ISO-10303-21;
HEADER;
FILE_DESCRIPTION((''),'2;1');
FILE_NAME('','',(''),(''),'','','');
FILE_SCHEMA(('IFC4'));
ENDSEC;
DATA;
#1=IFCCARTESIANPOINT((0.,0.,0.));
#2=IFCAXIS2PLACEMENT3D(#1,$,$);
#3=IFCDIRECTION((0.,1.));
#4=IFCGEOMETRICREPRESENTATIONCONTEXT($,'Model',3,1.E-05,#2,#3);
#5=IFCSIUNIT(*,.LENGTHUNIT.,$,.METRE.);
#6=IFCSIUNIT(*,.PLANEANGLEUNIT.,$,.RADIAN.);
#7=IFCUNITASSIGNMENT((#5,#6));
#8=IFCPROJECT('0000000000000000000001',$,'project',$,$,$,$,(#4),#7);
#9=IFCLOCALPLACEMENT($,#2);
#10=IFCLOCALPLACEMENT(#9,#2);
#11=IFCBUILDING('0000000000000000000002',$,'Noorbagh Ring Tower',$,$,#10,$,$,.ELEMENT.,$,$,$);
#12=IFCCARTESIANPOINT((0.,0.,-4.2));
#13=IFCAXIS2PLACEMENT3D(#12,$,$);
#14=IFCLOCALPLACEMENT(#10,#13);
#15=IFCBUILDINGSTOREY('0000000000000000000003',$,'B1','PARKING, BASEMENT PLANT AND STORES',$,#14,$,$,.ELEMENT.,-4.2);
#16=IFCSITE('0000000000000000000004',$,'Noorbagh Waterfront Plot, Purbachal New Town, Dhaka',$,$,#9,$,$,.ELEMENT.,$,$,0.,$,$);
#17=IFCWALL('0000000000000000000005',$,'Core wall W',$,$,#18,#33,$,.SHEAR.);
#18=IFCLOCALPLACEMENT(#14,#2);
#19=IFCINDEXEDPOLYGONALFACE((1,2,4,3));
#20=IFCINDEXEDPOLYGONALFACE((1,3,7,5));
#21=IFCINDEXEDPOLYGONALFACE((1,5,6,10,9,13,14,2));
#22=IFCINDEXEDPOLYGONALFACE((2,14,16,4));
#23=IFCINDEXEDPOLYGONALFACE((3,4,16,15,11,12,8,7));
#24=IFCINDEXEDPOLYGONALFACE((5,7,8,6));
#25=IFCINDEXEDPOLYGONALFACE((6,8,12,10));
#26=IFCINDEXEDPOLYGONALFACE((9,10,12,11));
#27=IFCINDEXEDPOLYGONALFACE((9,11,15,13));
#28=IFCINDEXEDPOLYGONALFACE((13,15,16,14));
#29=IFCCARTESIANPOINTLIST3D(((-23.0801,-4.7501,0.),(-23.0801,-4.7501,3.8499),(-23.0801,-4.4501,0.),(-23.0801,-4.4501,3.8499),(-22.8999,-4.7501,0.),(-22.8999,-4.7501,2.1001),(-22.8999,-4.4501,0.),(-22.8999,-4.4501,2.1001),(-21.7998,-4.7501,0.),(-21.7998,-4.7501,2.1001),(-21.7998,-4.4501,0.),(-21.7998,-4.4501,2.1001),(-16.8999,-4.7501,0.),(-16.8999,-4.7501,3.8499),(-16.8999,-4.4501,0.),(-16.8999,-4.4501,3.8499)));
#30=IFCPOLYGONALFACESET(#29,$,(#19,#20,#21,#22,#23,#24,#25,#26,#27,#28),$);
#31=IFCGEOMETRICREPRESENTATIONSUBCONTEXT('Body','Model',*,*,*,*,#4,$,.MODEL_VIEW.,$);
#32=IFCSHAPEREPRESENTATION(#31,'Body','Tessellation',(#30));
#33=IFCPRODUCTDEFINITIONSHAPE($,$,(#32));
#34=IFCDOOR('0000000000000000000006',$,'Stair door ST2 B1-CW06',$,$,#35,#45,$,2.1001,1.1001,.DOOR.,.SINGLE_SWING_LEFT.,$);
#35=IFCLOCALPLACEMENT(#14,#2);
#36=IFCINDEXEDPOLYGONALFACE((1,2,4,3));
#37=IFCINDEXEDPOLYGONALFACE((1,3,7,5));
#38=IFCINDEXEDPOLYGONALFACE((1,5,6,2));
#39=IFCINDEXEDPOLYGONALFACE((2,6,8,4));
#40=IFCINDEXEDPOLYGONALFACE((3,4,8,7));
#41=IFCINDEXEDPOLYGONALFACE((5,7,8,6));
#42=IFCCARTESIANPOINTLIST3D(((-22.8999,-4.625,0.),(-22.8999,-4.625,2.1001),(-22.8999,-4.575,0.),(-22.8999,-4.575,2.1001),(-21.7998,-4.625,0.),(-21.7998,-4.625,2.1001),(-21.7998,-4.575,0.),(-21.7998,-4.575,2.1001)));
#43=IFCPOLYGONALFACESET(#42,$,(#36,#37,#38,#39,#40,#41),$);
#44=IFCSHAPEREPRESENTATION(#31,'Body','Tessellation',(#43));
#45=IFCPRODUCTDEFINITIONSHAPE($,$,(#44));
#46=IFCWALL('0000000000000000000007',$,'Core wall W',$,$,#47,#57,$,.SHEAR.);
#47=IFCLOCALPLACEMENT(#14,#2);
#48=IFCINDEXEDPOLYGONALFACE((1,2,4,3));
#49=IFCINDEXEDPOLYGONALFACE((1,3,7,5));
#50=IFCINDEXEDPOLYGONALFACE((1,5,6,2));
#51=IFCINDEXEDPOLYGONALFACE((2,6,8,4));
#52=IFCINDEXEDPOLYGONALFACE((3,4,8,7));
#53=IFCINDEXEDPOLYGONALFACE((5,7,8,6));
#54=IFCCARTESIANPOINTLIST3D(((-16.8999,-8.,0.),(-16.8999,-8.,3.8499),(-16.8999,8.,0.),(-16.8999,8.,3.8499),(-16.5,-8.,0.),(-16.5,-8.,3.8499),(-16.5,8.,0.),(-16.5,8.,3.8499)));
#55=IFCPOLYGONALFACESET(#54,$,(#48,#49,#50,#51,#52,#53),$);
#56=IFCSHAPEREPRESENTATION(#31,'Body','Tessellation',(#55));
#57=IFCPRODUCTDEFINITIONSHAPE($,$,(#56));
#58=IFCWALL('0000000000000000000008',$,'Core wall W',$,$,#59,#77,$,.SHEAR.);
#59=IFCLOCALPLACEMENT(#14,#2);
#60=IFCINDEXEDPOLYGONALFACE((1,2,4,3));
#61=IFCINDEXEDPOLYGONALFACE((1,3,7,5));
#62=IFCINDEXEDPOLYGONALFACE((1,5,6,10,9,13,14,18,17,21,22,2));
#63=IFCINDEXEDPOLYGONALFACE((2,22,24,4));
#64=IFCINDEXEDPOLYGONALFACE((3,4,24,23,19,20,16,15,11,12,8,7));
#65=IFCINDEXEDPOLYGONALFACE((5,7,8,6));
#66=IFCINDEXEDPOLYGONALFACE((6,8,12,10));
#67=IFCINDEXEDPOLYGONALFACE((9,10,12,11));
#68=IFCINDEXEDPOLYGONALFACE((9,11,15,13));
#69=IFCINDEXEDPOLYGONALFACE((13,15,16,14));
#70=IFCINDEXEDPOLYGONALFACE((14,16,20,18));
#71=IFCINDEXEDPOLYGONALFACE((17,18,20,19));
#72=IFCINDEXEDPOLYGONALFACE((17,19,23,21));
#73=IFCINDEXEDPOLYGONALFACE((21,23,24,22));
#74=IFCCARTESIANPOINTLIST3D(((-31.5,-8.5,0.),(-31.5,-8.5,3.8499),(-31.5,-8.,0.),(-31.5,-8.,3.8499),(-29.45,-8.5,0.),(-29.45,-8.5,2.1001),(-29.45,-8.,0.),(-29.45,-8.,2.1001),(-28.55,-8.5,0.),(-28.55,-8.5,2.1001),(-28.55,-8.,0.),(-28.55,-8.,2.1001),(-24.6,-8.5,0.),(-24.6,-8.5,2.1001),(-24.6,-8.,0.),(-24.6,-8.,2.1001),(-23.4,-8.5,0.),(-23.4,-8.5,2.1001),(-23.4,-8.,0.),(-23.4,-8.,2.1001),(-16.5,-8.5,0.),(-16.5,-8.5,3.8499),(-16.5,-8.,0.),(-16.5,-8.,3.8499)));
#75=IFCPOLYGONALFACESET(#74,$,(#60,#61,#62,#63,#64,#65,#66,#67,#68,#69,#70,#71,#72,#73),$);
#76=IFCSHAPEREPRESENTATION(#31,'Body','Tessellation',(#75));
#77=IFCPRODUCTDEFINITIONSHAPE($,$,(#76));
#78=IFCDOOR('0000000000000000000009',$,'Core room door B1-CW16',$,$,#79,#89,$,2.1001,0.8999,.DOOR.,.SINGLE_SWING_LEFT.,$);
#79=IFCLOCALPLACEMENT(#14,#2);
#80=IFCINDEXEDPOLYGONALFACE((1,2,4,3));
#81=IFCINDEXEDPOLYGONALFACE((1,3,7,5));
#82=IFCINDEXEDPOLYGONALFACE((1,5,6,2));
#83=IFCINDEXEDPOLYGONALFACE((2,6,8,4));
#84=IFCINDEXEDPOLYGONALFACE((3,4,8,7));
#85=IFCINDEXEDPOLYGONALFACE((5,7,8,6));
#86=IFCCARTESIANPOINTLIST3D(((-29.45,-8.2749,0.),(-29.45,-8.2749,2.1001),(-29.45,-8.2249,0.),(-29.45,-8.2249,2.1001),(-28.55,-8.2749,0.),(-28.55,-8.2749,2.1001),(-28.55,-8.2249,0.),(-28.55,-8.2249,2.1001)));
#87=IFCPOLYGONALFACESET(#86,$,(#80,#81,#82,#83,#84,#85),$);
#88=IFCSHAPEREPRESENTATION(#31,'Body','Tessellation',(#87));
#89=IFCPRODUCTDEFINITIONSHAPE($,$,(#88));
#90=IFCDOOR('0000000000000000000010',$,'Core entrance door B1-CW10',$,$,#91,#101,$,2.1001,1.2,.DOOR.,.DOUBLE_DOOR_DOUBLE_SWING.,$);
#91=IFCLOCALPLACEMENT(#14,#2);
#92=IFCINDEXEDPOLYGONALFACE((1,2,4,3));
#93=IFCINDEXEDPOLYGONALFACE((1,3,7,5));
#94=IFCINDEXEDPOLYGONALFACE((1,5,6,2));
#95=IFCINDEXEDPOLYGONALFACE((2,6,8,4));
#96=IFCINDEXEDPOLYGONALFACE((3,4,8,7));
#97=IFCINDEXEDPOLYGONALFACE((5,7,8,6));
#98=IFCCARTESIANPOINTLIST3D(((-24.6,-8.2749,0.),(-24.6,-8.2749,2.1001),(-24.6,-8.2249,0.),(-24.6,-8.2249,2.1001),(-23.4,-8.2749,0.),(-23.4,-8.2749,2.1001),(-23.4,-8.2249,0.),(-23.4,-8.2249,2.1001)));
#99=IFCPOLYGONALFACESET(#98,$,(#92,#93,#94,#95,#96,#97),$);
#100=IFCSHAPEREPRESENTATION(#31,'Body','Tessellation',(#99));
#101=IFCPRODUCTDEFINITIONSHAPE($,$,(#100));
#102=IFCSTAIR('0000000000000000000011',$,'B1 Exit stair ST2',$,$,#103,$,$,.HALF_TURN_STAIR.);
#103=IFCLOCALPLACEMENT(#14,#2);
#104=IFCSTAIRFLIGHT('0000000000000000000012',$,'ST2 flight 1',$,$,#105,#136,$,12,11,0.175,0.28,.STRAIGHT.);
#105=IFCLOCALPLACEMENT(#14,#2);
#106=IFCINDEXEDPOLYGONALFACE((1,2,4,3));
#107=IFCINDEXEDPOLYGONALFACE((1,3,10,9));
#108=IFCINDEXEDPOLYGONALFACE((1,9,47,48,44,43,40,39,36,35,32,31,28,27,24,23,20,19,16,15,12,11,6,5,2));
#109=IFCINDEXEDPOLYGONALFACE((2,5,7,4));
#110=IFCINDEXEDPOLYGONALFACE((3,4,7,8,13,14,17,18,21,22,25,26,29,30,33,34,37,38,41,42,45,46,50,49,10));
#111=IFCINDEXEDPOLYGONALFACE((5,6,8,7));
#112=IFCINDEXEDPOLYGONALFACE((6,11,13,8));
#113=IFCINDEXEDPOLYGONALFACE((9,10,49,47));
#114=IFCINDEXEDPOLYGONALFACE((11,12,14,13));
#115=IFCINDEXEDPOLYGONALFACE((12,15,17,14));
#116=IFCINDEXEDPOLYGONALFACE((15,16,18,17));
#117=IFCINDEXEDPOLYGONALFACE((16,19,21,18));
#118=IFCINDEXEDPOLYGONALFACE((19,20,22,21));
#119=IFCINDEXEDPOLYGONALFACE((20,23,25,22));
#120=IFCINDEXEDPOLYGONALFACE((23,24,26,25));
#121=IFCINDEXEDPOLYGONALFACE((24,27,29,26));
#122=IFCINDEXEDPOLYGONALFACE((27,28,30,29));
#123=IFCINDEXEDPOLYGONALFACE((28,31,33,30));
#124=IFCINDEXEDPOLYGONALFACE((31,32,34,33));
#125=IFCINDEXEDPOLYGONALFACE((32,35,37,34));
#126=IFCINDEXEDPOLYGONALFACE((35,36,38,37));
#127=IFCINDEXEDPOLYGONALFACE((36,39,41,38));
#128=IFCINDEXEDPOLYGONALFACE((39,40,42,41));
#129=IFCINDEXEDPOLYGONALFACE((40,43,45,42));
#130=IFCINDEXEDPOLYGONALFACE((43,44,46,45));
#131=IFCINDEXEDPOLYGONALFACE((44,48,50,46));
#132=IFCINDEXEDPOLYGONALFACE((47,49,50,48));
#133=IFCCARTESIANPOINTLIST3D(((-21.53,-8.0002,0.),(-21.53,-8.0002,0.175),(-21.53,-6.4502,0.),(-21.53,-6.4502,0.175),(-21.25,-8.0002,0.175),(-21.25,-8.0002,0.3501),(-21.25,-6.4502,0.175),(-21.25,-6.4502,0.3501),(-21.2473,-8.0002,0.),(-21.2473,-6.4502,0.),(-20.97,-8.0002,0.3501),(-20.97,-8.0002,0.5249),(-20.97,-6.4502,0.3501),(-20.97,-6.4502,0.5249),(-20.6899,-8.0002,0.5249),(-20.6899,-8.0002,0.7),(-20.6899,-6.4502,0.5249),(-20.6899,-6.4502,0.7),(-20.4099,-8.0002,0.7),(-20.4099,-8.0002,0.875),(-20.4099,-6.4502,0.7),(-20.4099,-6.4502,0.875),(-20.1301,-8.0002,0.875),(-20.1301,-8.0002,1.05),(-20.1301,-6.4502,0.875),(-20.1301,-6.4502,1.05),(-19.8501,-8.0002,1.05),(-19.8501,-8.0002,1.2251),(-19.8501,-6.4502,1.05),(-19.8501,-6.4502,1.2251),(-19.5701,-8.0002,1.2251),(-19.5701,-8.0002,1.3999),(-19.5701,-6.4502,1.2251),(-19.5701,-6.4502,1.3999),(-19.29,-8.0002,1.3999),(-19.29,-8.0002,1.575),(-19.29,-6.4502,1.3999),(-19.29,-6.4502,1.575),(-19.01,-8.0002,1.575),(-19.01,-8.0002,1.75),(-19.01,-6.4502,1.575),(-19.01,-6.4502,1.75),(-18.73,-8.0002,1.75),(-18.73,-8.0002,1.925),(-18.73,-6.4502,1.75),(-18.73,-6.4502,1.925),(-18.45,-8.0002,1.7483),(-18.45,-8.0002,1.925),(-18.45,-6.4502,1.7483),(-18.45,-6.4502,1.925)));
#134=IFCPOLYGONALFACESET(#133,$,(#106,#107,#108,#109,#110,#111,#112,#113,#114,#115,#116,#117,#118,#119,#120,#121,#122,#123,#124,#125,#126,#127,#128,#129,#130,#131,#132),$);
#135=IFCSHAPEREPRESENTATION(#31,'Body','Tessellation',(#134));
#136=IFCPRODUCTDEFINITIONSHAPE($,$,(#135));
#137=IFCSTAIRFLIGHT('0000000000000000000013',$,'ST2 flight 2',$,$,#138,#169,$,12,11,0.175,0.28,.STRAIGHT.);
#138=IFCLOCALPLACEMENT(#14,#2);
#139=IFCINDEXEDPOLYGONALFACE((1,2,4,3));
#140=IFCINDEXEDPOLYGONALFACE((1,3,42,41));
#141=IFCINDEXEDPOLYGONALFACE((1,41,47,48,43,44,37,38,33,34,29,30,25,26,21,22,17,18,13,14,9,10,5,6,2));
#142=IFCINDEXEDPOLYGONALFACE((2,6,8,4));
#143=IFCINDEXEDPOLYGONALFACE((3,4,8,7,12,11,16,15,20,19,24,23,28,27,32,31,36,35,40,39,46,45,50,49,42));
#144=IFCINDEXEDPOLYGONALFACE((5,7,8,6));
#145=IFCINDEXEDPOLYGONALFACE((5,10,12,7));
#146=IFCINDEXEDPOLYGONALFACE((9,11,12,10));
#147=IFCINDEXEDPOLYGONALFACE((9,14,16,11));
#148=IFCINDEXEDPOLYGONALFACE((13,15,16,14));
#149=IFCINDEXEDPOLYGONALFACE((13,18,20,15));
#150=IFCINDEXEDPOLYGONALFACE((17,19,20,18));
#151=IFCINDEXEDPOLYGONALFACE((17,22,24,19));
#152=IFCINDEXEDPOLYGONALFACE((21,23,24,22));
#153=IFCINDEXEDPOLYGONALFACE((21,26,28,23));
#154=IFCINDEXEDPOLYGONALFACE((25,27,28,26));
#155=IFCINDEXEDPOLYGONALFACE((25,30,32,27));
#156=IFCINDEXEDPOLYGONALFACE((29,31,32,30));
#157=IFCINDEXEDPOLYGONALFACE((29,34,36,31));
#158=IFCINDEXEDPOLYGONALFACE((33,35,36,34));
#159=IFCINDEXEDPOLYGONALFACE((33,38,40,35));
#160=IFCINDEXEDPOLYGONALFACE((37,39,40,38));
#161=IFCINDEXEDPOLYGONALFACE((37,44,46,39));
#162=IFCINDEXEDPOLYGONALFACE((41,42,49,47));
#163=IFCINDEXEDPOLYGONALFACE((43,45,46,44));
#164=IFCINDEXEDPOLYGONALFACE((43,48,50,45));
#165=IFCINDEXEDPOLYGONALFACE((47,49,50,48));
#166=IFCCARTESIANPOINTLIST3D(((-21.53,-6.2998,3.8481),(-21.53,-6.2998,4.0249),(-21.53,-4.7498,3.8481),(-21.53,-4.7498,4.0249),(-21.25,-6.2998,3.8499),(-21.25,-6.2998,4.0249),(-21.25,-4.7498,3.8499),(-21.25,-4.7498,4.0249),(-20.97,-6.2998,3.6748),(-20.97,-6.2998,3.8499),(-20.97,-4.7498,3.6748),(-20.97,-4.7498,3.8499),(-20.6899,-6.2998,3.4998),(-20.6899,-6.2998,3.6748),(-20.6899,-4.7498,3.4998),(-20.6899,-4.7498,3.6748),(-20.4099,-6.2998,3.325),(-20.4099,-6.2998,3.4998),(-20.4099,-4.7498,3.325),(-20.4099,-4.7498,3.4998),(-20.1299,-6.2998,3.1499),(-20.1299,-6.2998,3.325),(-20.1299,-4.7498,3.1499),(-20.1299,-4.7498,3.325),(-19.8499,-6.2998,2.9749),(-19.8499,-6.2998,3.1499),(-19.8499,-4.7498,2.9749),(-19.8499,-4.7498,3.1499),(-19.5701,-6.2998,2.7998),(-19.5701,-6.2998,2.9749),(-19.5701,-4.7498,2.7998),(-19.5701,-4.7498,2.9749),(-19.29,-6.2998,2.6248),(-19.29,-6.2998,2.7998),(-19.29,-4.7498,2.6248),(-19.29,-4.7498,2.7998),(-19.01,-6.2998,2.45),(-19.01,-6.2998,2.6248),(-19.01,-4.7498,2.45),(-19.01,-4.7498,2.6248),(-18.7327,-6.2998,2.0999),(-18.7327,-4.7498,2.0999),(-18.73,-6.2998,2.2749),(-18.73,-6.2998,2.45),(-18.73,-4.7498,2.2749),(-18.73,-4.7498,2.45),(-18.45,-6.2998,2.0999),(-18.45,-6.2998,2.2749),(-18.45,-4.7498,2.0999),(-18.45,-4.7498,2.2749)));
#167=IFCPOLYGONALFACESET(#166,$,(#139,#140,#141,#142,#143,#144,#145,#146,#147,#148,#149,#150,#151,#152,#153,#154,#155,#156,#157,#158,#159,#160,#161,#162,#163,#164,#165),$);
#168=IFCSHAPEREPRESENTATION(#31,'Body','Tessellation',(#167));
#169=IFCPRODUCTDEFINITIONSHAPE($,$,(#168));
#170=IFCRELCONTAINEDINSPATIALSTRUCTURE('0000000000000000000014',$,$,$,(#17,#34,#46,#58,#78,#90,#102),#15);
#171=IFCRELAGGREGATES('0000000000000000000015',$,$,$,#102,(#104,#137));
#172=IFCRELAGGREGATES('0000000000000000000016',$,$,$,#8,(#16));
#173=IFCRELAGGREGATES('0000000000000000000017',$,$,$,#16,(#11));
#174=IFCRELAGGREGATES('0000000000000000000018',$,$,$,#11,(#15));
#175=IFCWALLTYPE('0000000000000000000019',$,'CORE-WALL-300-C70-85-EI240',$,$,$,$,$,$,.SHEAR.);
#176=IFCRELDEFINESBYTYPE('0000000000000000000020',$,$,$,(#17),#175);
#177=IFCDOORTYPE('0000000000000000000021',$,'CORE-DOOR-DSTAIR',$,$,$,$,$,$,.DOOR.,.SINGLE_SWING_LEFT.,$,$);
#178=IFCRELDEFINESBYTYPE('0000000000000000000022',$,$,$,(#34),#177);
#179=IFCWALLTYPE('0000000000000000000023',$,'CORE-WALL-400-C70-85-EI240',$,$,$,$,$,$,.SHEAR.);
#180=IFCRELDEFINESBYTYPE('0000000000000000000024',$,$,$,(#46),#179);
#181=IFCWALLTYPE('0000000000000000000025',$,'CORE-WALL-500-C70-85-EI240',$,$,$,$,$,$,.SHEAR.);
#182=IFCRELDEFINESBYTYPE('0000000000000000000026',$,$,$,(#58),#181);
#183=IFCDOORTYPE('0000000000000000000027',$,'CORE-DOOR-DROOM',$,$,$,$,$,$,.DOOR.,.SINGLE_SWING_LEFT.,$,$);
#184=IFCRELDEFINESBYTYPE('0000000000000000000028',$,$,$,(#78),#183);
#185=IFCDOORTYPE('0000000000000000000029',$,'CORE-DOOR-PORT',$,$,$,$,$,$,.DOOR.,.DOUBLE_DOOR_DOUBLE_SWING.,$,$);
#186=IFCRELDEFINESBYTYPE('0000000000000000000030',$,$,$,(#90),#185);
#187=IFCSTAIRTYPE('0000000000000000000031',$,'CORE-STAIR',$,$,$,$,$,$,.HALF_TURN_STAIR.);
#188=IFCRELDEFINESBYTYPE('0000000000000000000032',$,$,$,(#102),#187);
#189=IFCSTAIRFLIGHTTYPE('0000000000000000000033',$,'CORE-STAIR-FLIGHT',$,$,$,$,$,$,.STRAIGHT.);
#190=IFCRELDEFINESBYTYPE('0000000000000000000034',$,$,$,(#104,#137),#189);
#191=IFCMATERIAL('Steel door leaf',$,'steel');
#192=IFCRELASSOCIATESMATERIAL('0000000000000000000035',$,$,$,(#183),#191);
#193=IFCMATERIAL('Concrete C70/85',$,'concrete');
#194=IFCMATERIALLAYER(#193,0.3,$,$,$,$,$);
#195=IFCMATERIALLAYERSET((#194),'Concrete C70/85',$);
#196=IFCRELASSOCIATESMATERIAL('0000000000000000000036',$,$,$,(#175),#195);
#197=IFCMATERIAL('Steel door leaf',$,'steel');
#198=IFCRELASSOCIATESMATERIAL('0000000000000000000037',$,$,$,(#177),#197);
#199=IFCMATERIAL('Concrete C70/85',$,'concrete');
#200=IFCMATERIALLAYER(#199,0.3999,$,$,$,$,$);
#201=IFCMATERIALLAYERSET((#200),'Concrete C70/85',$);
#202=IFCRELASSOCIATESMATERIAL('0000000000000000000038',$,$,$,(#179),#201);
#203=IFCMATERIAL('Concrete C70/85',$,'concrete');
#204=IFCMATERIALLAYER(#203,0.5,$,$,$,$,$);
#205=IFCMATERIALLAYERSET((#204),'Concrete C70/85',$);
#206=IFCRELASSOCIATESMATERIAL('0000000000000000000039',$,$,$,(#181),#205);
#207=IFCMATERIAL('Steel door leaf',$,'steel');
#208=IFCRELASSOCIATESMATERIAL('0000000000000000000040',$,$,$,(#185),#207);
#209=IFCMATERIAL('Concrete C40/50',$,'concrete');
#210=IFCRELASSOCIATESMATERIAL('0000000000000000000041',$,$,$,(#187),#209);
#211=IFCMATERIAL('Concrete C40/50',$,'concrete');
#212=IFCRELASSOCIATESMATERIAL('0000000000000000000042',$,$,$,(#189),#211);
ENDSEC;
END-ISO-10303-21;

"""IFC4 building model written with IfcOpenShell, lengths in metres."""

from ifc_helpers import new_model, si_unit, direction, frame, frame_2d, origin, place, context, subcontext, project, spatial, polyline, rectangle, outline, extrude, material, layer, layer_set, type_object, element, fill, aggregate, save


model = new_model("IFC4")

# Units and contexts
model_context = context("Model", 3, precision=1e-05, world=origin(), true_north=direction((0.0, 1.0)))
body_context = subcontext(model_context, "Body", "Model", "MODEL_VIEW")
ifc_project = project(units=[si_unit("LENGTHUNIT", "METRE"), si_unit("PLANEANGLEUNIT", "RADIAN")], contexts=[model_context])

# Site, building, storey
site_placement = place(None, origin())
site = spatial("IfcSite", under=ifc_project, at=site_placement, Name="Noorbagh Waterfront Plot, Purbachal New Town, Dhaka", CompositionType="ELEMENT", RefElevation=0.0)
building_placement = place(site_placement, origin())
building = spatial("IfcBuilding", under=site, at=building_placement, Name="Noorbagh Ring Tower", CompositionType="ELEMENT")
storey_placement = place(building_placement, frame((0.0, 0.0, -4.2)))
storey = spatial("IfcBuildingStorey", under=building, at=storey_placement, Name="B1", Description="PARKING, BASEMENT PLANT AND STORES", CompositionType="ELEMENT", Elevation=-4.2)

# Shared definitions
ifc_material_1 = material(Name="Steel door leaf", Category="steel")
door_type_1 = type_object("IfcDoorType", Name="CORE-DOOR-DROOM", OperationType="SINGLE_SWING_LEFT", PredefinedType="DOOR", material=ifc_material_1)

# Wall, opening, door
ifc_material_2 = material(Name="Concrete C70/85", Category="concrete")
ifc_layer_1 = layer(ifc_material_2, 0.3)
ifc_layer_set_1 = layer_set([ifc_layer_1], Name="Concrete C70/85")
wall_type_1 = type_object("IfcWallType", Name="CORE-WALL-300-C70-85-EI240", PredefinedType="SHEAR", material=ifc_layer_set_1)
wall_1_placement = place(storey_placement, frame((-16.8999, -4.6001, 0.0), z_axis=(0.0, 0.0, 1.0), x_axis=(-1.0, 0.0, 0.0)))
wall_1 = element("IfcWall", 1, at=wall_1_placement, inside=storey, type_object=wall_type_1, Name="Core wall W", PredefinedType="SHEAR", context=body_context, shape_type="SweptSolid", body=[
    extrude(rectangle(XDim=6.1802, YDim=0.3, at=frame_2d((3.0901, 0.0))), origin(), (0.0, 0.0, 1.0), 3.8499),
])
opening_1_placement = place(wall_1_placement, frame((4.8999, 0.0, 0.0)))
opening_1 = element("IfcOpeningElement", 2, at=opening_1_placement, cuts=wall_1, PredefinedType="OPENING", context=body_context, shape_type="SweptSolid", body=[
    extrude(rectangle(XDim=1.1001, YDim=2.1001, at=frame_2d((0.55, 1.05))), frame((0.0, 0.1602, 0.0), z_axis=(0.0, -1.0, 0.0), x_axis=(1.0, 0.0, 0.0)), (0.0, 0.0, 1.0), 0.3201),
])
ifc_material_3 = material(Name="Steel door leaf", Category="steel")
door_type_2 = type_object("IfcDoorType", Name="CORE-DOOR-DSTAIR", OperationType="SINGLE_SWING_LEFT", PredefinedType="DOOR", material=ifc_material_3)
door_1_placement = place(opening_1_placement, origin())
door_1 = element("IfcDoor", 3, at=door_1_placement, inside=storey, type_object=door_type_2, Name="Stair door ST2 B1-CW06", OperationType="SINGLE_SWING_LEFT", OverallHeight=2.1001, OverallWidth=1.1001, PredefinedType="DOOR", context=body_context, shape_type="SweptSolid", body=[
    extrude(rectangle(XDim=1.1001, YDim=2.1001, at=frame_2d((0.55, 1.05))), frame((0.0, 0.0249, 0.0), z_axis=(0.0, -1.0, 0.0), x_axis=(1.0, 0.0, 0.0)), (0.0, 0.0, 1.0), 0.05),
])
fill(opening_1, door_1)

# Wall
ifc_material_4 = material(Name="Concrete C70/85", Category="concrete")
ifc_layer_2 = layer(ifc_material_4, 0.3999)
ifc_layer_set_2 = layer_set([ifc_layer_2], Name="Concrete C70/85")
wall_type_2 = type_object("IfcWallType", Name="CORE-WALL-400-C70-85-EI240", PredefinedType="SHEAR", material=ifc_layer_set_2)
wall_2_placement = place(storey_placement, frame((-16.7, -8.0, 0.0), z_axis=(0.0, 0.0, 1.0), x_axis=(0.0, 1.0, 0.0)))
element("IfcWall", 4, at=wall_2_placement, inside=storey, type_object=wall_type_2, Name="Core wall W", PredefinedType="SHEAR", context=body_context, shape_type="SweptSolid", body=[
    extrude(rectangle(XDim=16.0, YDim=0.3999, at=frame_2d((8.0, 0.0))), origin(), (0.0, 0.0, 1.0), 3.8499),
])

# Wall, openings, doors
ifc_material_5 = material(Name="Concrete C70/85", Category="concrete")
ifc_layer_3 = layer(ifc_material_5, 0.5)
ifc_layer_set_3 = layer_set([ifc_layer_3], Name="Concrete C70/85")
wall_type_3 = type_object("IfcWallType", Name="CORE-WALL-500-C70-85-EI240", PredefinedType="SHEAR", material=ifc_layer_set_3)
wall_3_placement = place(storey_placement, frame((-16.5, -8.25, 0.0), z_axis=(0.0, 0.0, 1.0), x_axis=(-1.0, 0.0, 0.0)))
wall_3 = element("IfcWall", 5, at=wall_3_placement, inside=storey, type_object=wall_type_3, Name="Core wall W", PredefinedType="SHEAR", context=body_context, shape_type="SweptSolid", body=[
    extrude(rectangle(XDim=15.0, YDim=0.5, at=frame_2d((7.5, 0.0))), origin(), (0.0, 0.0, 1.0), 3.8499),
])
opening_2_placement = place(wall_3_placement, frame((6.8999, 0.0, 0.0)))
opening_2 = element("IfcOpeningElement", 6, at=opening_2_placement, cuts=wall_3, PredefinedType="OPENING", context=body_context, shape_type="SweptSolid", body=[
    extrude(rectangle(XDim=1.2, YDim=2.1001, at=frame_2d((0.6001, 1.05))), frame((0.0, 0.26, 0.0), z_axis=(0.0, -1.0, 0.0), x_axis=(1.0, 0.0, 0.0)), (0.0, 0.0, 1.0), 0.52),
])
opening_3_placement = place(wall_3_placement, frame((12.05, 0.0, 0.0)))
opening_3 = element("IfcOpeningElement", 7, at=opening_3_placement, cuts=wall_3, PredefinedType="OPENING", context=body_context, shape_type="SweptSolid", body=[
    extrude(rectangle(XDim=0.8999, YDim=2.1001, at=frame_2d((0.45, 1.05))), frame((0.0, 0.26, 0.0), z_axis=(0.0, -1.0, 0.0), x_axis=(1.0, 0.0, 0.0)), (0.0, 0.0, 1.0), 0.52),
])
door_2_placement = place(opening_3_placement, origin())
door_2 = element("IfcDoor", 8, at=door_2_placement, inside=storey, type_object=door_type_1, Name="Core room door B1-CW16", OperationType="SINGLE_SWING_LEFT", OverallHeight=2.1001, OverallWidth=0.8999, PredefinedType="DOOR", context=body_context, shape_type="SweptSolid", body=[
    extrude(rectangle(XDim=0.8999, YDim=2.1001, at=frame_2d((0.45, 1.05))), frame((0.0, 0.0249, 0.0), z_axis=(0.0, -1.0, 0.0), x_axis=(1.0, 0.0, 0.0)), (0.0, 0.0, 1.0), 0.05),
])
fill(opening_3, door_2)
ifc_material_6 = material(Name="Steel door leaf", Category="steel")
door_type_3 = type_object("IfcDoorType", Name="CORE-DOOR-PORT", OperationType="DOUBLE_DOOR_DOUBLE_SWING", PredefinedType="DOOR", material=ifc_material_6)
door_3_placement = place(opening_2_placement, origin())
door_3 = element("IfcDoor", 9, at=door_3_placement, inside=storey, type_object=door_type_3, Name="Core entrance door B1-CW10", OperationType="DOUBLE_DOOR_DOUBLE_SWING", OverallHeight=2.1001, OverallWidth=1.2, PredefinedType="DOOR", context=body_context, shape_type="SweptSolid", body=[
    extrude(rectangle(XDim=1.2, YDim=2.1001, at=frame_2d((0.6001, 1.05))), frame((0.0, 0.0249, 0.0), z_axis=(0.0, -1.0, 0.0), x_axis=(1.0, 0.0, 0.0)), (0.0, 0.0, 1.0), 0.05),
])
fill(opening_2, door_3)

# Stair, stair flights
ifc_material_7 = material(Name="Concrete C40/50", Category="concrete")
stair_type = type_object("IfcStairType", Name="CORE-STAIR", PredefinedType="HALF_TURN_STAIR", material=ifc_material_7)
stair_placement = place(storey_placement, origin())
stair = element("IfcStair", 10, at=stair_placement, inside=storey, type_object=stair_type, Name="B1 Exit stair ST2", PredefinedType="HALF_TURN_STAIR")
ifc_material_8 = material(Name="Concrete C40/50", Category="concrete")
stair_flight_type = type_object("IfcStairFlightType", Name="CORE-STAIR-FLIGHT", PredefinedType="STRAIGHT", material=ifc_material_8)
stair_flight_1_placement = place(storey_placement, frame((-21.53, -7.2251, 0.0), z_axis=(0.0, 0.0, 1.0), x_axis=(1.0, 0.0, 0.0)))
stair_flight_1 = element("IfcStairFlight", 11, at=stair_flight_1_placement, type_object=stair_flight_type, Name="ST2 flight 1", NumberOfRisers=12, NumberOfTreads=11, PredefinedType="STRAIGHT", RiserHeight=0.175, TreadLength=0.28, context=body_context, shape_type="SweptSolid", body=[
    extrude(outline(polyline([(0.0, 0.0), (0.0, 0.175), (0.28, 0.175), (0.28, 0.3501), (0.5601, 0.3501), (0.5601, 0.5249), (0.8401, 0.5249), (0.8401, 0.7), (1.1201, 0.7), (1.1201, 0.875), (1.3999, 0.875), (1.3999, 1.05), (1.6799, 1.05), (1.6799, 1.2251), (1.96, 1.2251), (1.96, 1.3999), (2.24, 1.3999), (2.24, 1.575), (2.52, 1.575), (2.52, 1.75), (2.8, 1.75), (2.8, 1.925), (3.0801, 1.925), (3.0801, 2.1001), (3.0801, 1.7483), (0.2827, 0.0), (0.0, 0.0)])), frame((0.0, 0.7749, 0.0), z_axis=(0.0, -1.0, 0.0), x_axis=(1.0, 0.0, 0.0)), (0.0, 0.0, 1.0), 1.55),
])
stair_flight_2_placement = place(storey_placement, frame((-18.45, -5.5249, 2.0999), z_axis=(0.0, 0.0, 1.0), x_axis=(-1.0, 0.0, 0.0)))
stair_flight_2 = element("IfcStairFlight", 12, at=stair_flight_2_placement, type_object=stair_flight_type, Name="ST2 flight 2", NumberOfRisers=12, NumberOfTreads=11, PredefinedType="STRAIGHT", RiserHeight=0.175, TreadLength=0.28, context=body_context, shape_type="SweptSolid", body=[
    extrude(outline(polyline([(0.0, 0.0), (0.0, 0.175), (0.28, 0.175), (0.28, 0.3501), (0.5601, 0.3501), (0.5601, 0.5249), (0.8401, 0.5249), (0.8401, 0.7), (1.1201, 0.7), (1.1201, 0.875), (1.3999, 0.875), (1.3999, 1.05), (1.6799, 1.05), (1.6799, 1.2251), (1.96, 1.2251), (1.96, 1.3999), (2.24, 1.3999), (2.24, 1.575), (2.52, 1.575), (2.52, 1.75), (2.8, 1.75), (2.8, 1.925), (3.0801, 1.925), (3.0801, 2.1001), (3.0801, 1.7483), (0.2827, 0.0), (0.0, 0.0)])), frame((0.0, 0.7749, 0.0), z_axis=(0.0, -1.0, 0.0), x_axis=(1.0, 0.0, 0.0)), (0.0, 0.0, 1.0), 1.55),
])
aggregate(stair, [stair_flight_1, stair_flight_2])

save(model, "model.ifc")
